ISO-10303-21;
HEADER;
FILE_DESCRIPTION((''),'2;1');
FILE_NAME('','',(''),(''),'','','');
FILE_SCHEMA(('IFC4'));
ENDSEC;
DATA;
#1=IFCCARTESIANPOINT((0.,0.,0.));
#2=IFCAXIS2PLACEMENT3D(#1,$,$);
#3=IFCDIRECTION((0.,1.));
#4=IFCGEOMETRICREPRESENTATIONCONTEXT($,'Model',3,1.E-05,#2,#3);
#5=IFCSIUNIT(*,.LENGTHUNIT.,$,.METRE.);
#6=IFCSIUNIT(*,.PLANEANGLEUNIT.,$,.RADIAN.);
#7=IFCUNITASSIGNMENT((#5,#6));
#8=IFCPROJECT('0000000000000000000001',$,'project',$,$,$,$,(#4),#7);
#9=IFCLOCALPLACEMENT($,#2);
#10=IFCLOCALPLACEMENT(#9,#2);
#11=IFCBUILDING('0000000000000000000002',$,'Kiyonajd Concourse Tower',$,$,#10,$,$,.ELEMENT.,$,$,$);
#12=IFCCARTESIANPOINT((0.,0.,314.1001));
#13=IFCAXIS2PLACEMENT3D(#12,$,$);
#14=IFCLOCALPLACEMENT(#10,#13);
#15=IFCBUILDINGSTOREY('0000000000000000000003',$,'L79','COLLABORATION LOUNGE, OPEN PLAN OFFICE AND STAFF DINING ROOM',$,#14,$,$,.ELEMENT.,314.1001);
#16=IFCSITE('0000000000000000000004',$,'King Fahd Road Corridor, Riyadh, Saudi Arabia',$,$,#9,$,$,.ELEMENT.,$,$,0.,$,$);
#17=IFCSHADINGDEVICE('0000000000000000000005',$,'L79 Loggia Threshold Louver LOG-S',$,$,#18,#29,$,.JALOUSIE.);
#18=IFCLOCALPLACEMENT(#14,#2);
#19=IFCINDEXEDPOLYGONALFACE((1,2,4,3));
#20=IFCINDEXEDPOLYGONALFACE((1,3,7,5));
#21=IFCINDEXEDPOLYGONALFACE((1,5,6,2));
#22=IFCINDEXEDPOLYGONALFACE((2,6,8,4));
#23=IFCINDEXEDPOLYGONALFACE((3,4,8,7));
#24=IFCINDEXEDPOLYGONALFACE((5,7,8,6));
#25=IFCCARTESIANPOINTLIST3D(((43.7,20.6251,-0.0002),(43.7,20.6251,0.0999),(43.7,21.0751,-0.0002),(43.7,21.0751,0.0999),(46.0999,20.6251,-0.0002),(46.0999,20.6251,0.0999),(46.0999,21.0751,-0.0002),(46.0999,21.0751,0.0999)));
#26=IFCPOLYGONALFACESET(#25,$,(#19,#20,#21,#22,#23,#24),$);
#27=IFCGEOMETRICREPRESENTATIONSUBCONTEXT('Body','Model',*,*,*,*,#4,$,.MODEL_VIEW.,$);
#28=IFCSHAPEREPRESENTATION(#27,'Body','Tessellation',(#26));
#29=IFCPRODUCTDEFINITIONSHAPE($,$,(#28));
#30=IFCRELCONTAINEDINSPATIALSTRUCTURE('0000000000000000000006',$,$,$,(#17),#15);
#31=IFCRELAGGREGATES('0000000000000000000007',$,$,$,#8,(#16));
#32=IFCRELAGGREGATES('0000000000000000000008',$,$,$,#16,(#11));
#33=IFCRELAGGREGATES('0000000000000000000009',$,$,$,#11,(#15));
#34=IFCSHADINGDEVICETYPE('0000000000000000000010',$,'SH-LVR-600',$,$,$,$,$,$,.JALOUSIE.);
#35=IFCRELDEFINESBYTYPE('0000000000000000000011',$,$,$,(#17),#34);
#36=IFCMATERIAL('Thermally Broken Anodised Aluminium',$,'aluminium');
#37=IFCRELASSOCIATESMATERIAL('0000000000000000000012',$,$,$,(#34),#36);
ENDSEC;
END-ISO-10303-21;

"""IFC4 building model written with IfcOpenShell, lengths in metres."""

from ifc_helpers import new_model, si_unit, direction, frame, origin, origin_2d, place, context, subcontext, project, spatial, rectangle, extrude, material, type_object, element, save


model = new_model("IFC4")

# Units and contexts
model_context = context("Model", 3, precision=1e-05, world=origin(), true_north=direction((0.0, 1.0)))
body_context = subcontext(model_context, "Body", "Model", "MODEL_VIEW")
ifc_project = project(units=[si_unit("LENGTHUNIT", "METRE"), si_unit("PLANEANGLEUNIT", "RADIAN")], contexts=[model_context])

# Site, building, storey
site_placement = place(None, origin())
site = spatial("IfcSite", under=ifc_project, at=site_placement, Name="King Fahd Road Corridor, Riyadh, Saudi Arabia", CompositionType="ELEMENT", RefElevation=0.0)
building_placement = place(site_placement, origin())
building = spatial("IfcBuilding", under=site, at=building_placement, Name="Kiyonajd Concourse Tower", CompositionType="ELEMENT")
storey_placement = place(building_placement, frame((0.0, 0.0, 314.1001)))
storey = spatial("IfcBuildingStorey", under=building, at=storey_placement, Name="L79", Description="COLLABORATION LOUNGE, OPEN PLAN OFFICE AND STAFF DINING ROOM", CompositionType="ELEMENT", Elevation=314.1001)

# Shared definitions
ifc_material_1 = material(Name="Thermally Broken Anodised Aluminium", Category="aluminium")

# Shading device
shading_device_type_1 = type_object("IfcShadingDeviceType", Name="SH-LVR-600", PredefinedType="JALOUSIE", material=ifc_material_1)
shading_device_1_placement = place(storey_placement, frame((44.8999, 20.8501, -0.0002), z_axis=(0.0, 0.0, 1.0), x_axis=(1.0, 0.0, 0.0)))
element("IfcShadingDevice", 1, at=shading_device_1_placement, inside=storey, type_object=shading_device_type_1, Name="L79 Loggia Threshold Louver LOG-S", PredefinedType="JALOUSIE", context=body_context, shape_type="SweptSolid", body=[
    extrude(rectangle(XDim=2.3999, YDim=0.45, at=origin_2d()), origin(), (0.0, 0.0, 1.0), 0.1001),
])

save(model, "model.ifc")
